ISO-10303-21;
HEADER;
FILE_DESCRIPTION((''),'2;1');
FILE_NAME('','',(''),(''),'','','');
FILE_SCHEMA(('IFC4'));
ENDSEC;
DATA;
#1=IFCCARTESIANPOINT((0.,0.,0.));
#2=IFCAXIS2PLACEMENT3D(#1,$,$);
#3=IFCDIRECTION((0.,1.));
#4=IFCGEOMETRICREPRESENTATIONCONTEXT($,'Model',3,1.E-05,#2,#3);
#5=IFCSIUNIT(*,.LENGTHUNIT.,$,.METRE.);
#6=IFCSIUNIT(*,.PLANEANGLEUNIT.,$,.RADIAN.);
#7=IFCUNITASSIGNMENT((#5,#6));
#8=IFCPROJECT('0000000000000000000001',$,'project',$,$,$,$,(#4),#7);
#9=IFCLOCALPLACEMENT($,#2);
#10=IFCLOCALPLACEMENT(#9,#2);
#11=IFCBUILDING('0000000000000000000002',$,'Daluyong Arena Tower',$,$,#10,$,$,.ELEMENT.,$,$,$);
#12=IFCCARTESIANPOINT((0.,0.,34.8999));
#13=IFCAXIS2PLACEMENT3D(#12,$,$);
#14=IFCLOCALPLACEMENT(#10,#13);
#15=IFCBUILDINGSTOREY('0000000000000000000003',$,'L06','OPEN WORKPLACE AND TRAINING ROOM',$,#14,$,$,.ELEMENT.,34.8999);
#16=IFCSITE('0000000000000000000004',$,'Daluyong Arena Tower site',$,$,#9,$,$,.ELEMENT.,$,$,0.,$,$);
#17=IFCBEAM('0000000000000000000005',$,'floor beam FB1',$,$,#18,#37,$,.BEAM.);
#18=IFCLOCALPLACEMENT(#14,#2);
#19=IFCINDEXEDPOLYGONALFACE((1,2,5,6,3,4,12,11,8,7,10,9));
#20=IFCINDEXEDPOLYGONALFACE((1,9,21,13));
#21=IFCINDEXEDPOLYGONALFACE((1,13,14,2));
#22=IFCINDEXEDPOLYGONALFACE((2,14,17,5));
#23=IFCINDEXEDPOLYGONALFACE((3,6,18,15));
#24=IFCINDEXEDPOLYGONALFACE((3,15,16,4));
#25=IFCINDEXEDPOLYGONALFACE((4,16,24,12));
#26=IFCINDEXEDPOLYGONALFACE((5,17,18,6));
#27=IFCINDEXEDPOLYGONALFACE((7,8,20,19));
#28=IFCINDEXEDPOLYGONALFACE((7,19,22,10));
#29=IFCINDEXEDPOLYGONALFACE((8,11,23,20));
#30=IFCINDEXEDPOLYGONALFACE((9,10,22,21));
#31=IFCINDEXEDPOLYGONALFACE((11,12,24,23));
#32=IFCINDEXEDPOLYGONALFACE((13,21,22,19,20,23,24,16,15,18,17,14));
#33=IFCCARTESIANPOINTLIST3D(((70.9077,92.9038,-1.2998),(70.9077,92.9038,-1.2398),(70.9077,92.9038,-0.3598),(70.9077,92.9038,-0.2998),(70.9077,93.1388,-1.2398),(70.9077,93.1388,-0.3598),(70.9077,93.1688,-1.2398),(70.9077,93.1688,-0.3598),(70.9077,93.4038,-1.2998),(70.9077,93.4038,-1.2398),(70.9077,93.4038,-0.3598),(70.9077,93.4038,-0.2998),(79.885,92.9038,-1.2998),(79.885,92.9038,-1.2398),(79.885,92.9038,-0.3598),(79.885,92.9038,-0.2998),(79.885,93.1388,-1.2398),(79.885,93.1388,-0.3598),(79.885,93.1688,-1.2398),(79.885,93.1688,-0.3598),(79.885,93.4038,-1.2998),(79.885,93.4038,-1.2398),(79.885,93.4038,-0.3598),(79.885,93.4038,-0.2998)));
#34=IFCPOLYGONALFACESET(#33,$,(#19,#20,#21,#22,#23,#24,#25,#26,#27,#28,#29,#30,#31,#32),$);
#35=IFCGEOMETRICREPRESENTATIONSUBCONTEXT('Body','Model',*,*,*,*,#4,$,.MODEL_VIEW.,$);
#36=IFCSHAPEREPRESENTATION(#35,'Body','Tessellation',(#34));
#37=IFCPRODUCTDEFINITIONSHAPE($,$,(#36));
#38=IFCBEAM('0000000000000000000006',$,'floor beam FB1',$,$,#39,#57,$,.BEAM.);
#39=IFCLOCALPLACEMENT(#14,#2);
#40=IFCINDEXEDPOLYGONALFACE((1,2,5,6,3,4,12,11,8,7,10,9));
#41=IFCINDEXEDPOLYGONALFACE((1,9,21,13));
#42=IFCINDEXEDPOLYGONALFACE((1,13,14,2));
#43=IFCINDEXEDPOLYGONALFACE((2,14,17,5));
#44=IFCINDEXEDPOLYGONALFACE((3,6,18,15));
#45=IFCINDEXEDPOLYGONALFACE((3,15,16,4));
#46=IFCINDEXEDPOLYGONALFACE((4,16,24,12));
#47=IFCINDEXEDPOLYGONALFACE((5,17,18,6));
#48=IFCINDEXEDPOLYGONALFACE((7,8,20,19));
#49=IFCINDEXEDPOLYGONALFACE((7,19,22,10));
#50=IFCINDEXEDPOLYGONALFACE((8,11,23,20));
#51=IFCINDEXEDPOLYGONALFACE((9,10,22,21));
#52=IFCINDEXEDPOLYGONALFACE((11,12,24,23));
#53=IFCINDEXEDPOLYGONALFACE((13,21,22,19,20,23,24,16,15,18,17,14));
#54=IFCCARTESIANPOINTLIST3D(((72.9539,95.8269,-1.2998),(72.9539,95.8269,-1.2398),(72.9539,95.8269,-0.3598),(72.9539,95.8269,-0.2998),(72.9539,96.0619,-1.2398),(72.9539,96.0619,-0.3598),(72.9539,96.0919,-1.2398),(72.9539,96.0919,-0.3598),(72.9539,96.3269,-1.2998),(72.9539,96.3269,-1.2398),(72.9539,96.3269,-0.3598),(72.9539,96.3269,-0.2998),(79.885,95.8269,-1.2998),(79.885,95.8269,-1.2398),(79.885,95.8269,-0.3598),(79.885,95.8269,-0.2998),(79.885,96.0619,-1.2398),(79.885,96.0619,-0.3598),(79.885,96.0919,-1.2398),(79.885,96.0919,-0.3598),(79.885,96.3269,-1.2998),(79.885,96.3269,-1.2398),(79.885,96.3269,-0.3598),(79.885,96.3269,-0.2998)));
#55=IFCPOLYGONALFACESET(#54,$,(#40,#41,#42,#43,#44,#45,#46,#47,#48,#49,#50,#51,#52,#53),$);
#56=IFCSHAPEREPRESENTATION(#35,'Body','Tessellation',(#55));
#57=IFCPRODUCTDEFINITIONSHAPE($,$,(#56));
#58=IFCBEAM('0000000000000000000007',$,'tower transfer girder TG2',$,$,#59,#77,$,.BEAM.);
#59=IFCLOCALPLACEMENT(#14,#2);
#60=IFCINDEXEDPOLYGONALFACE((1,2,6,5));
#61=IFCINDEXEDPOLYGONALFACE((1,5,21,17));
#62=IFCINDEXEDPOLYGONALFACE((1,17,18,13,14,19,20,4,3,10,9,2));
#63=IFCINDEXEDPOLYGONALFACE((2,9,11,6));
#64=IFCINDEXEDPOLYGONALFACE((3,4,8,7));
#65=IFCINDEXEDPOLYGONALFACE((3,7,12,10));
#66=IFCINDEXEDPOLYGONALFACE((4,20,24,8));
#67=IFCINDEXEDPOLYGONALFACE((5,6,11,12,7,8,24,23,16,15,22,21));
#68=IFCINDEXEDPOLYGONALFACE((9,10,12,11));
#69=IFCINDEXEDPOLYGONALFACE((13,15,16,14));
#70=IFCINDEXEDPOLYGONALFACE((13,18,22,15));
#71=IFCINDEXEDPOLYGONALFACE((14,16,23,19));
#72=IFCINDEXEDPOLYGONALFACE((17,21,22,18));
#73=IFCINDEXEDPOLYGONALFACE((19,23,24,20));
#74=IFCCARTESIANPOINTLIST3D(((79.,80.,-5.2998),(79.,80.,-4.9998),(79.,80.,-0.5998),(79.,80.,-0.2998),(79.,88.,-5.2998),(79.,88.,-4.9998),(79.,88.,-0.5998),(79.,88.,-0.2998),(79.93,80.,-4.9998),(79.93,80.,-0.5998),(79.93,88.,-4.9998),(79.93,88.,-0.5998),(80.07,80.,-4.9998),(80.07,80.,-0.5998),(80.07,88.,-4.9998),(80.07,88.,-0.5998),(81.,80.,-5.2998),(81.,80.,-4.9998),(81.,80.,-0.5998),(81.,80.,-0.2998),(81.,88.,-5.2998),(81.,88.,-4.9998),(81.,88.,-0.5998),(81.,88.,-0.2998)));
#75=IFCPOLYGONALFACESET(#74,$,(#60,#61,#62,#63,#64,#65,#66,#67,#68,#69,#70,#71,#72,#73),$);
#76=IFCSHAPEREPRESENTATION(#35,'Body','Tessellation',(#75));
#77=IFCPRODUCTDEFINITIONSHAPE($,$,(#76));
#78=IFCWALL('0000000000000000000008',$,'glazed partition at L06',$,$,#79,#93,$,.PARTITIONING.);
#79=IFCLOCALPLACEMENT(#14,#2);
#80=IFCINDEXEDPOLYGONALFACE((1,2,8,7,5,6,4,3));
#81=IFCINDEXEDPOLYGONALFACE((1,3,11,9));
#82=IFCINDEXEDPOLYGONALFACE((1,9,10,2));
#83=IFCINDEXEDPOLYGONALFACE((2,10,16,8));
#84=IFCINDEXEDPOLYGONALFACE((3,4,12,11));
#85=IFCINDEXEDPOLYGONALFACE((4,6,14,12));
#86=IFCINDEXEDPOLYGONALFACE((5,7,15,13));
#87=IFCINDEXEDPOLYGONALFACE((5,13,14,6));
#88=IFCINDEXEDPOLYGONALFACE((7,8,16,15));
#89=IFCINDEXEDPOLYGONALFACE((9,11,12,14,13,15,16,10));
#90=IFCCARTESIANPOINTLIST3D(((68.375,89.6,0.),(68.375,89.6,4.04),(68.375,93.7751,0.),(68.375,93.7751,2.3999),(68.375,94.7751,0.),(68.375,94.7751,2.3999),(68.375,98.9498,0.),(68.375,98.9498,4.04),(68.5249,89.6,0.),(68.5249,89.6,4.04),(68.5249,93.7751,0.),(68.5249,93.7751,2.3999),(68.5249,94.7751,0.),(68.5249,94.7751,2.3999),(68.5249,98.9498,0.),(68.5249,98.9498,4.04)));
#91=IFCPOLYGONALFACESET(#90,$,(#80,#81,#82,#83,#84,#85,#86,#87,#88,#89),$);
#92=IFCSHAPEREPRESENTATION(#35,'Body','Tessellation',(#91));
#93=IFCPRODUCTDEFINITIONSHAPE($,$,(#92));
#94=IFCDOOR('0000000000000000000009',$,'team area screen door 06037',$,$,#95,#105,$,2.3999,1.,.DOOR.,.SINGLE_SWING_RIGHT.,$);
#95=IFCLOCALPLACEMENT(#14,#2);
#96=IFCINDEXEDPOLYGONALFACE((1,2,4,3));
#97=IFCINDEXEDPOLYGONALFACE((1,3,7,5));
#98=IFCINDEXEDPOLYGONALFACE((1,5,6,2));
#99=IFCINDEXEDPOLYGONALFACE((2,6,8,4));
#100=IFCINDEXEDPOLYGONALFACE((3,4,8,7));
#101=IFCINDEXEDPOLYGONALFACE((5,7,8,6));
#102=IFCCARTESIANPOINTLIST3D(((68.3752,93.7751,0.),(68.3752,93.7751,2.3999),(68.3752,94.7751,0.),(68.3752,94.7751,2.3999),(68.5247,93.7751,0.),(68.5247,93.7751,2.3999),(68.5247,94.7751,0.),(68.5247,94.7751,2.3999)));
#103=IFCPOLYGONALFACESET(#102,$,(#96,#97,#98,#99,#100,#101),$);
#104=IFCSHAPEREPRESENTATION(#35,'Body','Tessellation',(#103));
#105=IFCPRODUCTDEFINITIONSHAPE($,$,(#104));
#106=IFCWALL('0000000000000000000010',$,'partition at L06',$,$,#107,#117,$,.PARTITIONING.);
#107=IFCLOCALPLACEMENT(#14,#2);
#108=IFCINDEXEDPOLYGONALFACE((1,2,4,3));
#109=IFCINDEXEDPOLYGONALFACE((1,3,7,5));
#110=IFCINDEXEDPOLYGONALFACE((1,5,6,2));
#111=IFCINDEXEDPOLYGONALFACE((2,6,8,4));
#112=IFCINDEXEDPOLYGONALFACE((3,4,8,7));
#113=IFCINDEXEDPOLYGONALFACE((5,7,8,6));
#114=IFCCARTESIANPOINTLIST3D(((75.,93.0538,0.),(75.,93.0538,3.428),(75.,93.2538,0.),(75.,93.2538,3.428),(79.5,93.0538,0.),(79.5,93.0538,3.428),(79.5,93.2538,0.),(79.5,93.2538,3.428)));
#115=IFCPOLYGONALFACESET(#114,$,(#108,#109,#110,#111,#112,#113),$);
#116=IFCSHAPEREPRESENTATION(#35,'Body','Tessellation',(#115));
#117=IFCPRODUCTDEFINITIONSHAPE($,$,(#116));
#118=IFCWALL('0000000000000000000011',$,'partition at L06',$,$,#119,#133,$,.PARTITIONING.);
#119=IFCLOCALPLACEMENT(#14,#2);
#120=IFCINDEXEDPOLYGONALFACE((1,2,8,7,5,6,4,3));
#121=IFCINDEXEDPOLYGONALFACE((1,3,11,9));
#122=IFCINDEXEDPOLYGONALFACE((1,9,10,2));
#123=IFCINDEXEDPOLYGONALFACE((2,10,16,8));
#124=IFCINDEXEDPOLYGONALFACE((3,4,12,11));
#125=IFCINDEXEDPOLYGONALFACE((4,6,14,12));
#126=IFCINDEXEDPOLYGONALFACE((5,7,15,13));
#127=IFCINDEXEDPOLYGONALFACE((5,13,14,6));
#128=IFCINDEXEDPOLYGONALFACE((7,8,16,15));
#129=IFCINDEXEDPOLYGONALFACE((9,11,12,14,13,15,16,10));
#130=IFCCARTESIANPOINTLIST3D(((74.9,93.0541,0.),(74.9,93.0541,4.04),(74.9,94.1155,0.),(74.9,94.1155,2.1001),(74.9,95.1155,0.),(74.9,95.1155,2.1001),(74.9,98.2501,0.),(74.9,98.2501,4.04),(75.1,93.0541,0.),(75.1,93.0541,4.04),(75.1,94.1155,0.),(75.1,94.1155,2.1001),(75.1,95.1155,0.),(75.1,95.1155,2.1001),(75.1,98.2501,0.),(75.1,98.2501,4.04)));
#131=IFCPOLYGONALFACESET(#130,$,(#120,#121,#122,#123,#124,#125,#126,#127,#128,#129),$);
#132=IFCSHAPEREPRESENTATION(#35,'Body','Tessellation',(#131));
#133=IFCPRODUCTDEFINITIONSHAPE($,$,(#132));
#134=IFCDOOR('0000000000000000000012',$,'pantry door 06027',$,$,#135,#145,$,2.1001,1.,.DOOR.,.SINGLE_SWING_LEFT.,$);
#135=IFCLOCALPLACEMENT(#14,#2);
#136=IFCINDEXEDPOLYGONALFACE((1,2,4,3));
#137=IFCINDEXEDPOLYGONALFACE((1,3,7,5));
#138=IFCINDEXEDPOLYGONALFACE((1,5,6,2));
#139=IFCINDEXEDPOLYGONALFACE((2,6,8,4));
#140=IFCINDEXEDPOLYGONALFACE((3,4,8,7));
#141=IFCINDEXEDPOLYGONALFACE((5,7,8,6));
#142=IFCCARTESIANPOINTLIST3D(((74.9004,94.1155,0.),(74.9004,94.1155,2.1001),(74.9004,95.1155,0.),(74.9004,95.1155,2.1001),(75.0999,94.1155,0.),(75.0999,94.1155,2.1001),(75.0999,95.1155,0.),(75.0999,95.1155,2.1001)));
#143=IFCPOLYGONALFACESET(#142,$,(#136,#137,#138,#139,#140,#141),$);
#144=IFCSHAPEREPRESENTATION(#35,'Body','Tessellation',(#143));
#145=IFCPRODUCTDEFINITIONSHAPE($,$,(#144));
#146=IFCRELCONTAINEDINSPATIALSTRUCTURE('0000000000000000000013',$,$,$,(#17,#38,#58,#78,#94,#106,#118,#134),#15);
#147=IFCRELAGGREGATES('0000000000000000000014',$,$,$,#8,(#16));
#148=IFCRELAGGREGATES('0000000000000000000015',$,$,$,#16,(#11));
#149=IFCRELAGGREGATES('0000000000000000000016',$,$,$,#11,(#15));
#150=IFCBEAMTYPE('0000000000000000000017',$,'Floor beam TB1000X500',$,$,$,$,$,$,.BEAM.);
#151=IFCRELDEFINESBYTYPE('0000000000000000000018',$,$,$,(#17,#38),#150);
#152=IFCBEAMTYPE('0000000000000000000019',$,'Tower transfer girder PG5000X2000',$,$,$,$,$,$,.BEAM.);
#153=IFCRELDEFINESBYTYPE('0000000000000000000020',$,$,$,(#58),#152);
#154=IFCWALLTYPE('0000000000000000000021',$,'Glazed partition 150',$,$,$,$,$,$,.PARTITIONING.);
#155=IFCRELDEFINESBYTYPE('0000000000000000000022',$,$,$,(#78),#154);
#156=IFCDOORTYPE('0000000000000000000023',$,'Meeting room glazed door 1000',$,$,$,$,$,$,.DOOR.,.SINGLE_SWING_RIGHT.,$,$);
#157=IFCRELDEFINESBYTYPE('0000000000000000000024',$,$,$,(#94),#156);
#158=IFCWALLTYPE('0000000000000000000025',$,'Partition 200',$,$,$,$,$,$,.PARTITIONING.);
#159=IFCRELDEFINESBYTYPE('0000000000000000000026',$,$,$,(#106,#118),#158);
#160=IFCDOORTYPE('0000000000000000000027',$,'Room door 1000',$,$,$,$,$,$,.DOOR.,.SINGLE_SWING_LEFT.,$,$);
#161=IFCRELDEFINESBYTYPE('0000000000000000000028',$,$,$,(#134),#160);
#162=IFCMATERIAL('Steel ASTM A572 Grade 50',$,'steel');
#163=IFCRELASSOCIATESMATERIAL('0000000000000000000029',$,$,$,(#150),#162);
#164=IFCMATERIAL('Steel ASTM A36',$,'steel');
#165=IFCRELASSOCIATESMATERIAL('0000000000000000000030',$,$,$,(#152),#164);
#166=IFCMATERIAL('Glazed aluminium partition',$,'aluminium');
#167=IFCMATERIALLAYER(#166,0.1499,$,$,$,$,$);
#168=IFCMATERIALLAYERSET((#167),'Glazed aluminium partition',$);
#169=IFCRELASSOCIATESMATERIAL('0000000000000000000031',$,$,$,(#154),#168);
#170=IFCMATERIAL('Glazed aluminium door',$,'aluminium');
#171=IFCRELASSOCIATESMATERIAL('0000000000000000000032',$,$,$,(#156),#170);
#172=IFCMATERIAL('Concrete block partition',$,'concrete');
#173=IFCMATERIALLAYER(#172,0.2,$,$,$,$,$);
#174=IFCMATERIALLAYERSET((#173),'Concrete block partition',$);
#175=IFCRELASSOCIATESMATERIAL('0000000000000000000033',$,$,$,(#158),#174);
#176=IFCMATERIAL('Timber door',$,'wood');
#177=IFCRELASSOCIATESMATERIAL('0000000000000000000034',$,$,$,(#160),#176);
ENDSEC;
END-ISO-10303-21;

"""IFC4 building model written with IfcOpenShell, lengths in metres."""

from ifc_helpers import new_model, si_unit, direction, frame, frame_2d, origin, origin_2d, place, context, subcontext, project, spatial, rectangle, i_section, extrude, material, layer, layer_set, material_profile, profile_set, type_object, element, fill, save


model = new_model("IFC4")

# Units and contexts
model_context = context("Model", 3, precision=1e-05, world=origin(), true_north=direction((0.0, 1.0)))
body_context = subcontext(model_context, "Body", "Model", "MODEL_VIEW")
ifc_project = project(units=[si_unit("LENGTHUNIT", "METRE"), si_unit("PLANEANGLEUNIT", "RADIAN")], contexts=[model_context])

# Site, building, storey
site_placement = place(None, origin())
site = spatial("IfcSite", under=ifc_project, at=site_placement, Name="Daluyong Arena Tower site", CompositionType="ELEMENT", RefElevation=0.0)
building_placement = place(site_placement, origin())
building = spatial("IfcBuilding", under=site, at=building_placement, Name="Daluyong Arena Tower", CompositionType="ELEMENT")
storey_placement = place(building_placement, frame((0.0, 0.0, 34.8999)))
storey = spatial("IfcBuildingStorey", under=building, at=storey_placement, Name="L06", Description="OPEN WORKPLACE AND TRAINING ROOM", CompositionType="ELEMENT", Elevation=34.8999)

# Beams
ifc_material_1 = material(Name="Steel ASTM A572 Grade 50", Category="steel")
ifc_material_profile_1 = material_profile(ifc_material_1, i_section(OverallWidth=0.5, OverallDepth=1.0, WebThickness=0.03, FlangeThickness=0.06, at=origin_2d()))
ifc_profile_set_1 = profile_set([ifc_material_profile_1], Name="Steel ASTM A572 Grade 50")
beam_type_1 = type_object("IfcBeamType", Name="Floor beam TB1000X500", PredefinedType="BEAM", material=ifc_profile_set_1)
beam_1_placement = place(storey_placement, frame((79.885, 93.1538, -0.7998), z_axis=(-1.0, 0.0, 0.0), x_axis=(0.0, -1.0, 0.0)))
element("IfcBeam", 1, at=beam_1_placement, inside=storey, type_object=beam_type_1, Name="floor beam FB1", PredefinedType="BEAM", context=body_context, shape_type="SweptSolid", body=[
    extrude(i_section(OverallWidth=0.5, OverallDepth=1.0, WebThickness=0.03, FlangeThickness=0.06, at=origin_2d()), origin(), (0.0, 0.0, 1.0), 8.9773),
])
beam_2_placement = place(storey_placement, frame((79.885, 96.0769, -0.7998), z_axis=(-1.0, 0.0, 0.0), x_axis=(0.0, -1.0, 0.0)))
element("IfcBeam", 2, at=beam_2_placement, inside=storey, type_object=beam_type_1, Name="floor beam FB1", PredefinedType="BEAM", context=body_context, shape_type="SweptSolid", body=[
    extrude(i_section(OverallWidth=0.5, OverallDepth=1.0, WebThickness=0.03, FlangeThickness=0.06, at=origin_2d()), origin(), (0.0, 0.0, 1.0), 6.9312),
])
ifc_material_2 = material(Name="Steel ASTM A36", Category="steel")
ifc_material_profile_2 = material_profile(ifc_material_2, i_section(OverallWidth=2.0, OverallDepth=5.0, WebThickness=0.14, FlangeThickness=0.3, at=origin_2d()))
ifc_profile_set_2 = profile_set([ifc_material_profile_2], Name="Steel ASTM A36")
beam_type_2 = type_object("IfcBeamType", Name="Tower transfer girder PG5000X2000", PredefinedType="BEAM", material=ifc_profile_set_2)
beam_3_placement = place(storey_placement, frame((80.0, 80.0, -2.7998), z_axis=(0.0, 1.0, 0.0), x_axis=(-1.0, 0.0, 0.0)))
element("IfcBeam", 3, at=beam_3_placement, inside=storey, type_object=beam_type_2, Name="tower transfer girder TG2", PredefinedType="BEAM", context=body_context, shape_type="SweptSolid", body=[
    extrude(i_section(OverallWidth=2.0, OverallDepth=5.0, WebThickness=0.14, FlangeThickness=0.3, at=origin_2d()), origin(), (0.0, 0.0, 1.0), 8.0),
])

# Wall, opening, door
ifc_material_3 = material(Name="Glazed aluminium partition", Category="aluminium")
ifc_layer_1 = layer(ifc_material_3, 0.1499)
ifc_layer_set_1 = layer_set([ifc_layer_1], Name="Glazed aluminium partition")
wall_type_1 = type_object("IfcWallType", Name="Glazed partition 150", PredefinedType="PARTITIONING", material=ifc_layer_set_1)
wall_1_placement = place(storey_placement, frame((68.45, 89.6001, 0.0), z_axis=(0.0, 0.0, 1.0), x_axis=(0.0, 1.0, 0.0)))
wall_1 = element("IfcWall", 4, at=wall_1_placement, inside=storey, type_object=wall_type_1, Name="glazed partition at L06", PredefinedType="PARTITIONING", context=body_context, shape_type="SweptSolid", body=[
    extrude(rectangle(XDim=9.3499, YDim=0.1499, at=frame_2d((4.6748, 0.0))), origin(), (0.0, 0.0, 1.0), 4.04),
])
opening_1_placement = place(wall_1_placement, frame((4.175, 0.0, 0.0)))
opening_1 = element("IfcOpeningElement", 5, at=opening_1_placement, cuts=wall_1, PredefinedType="OPENING", context=body_context, shape_type="SweptSolid", body=[
    extrude(rectangle(XDim=1.0, YDim=2.3999, at=frame_2d((0.5, 1.2))), frame((0.0, 0.085, 0.0), z_axis=(0.0, -1.0, 0.0), x_axis=(1.0, 0.0, 0.0)), (0.0, 0.0, 1.0), 0.1699),
])
ifc_material_4 = material(Name="Glazed aluminium door", Category="aluminium")
door_type_1 = type_object("IfcDoorType", Name="Meeting room glazed door 1000", OperationType="SINGLE_SWING_RIGHT", PredefinedType="DOOR", material=ifc_material_4)
door_1_placement = place(opening_1_placement, origin())
door_1 = element("IfcDoor", 6, at=door_1_placement, inside=storey, type_object=door_type_1, Name="team area screen door 06037", OperationType="SINGLE_SWING_RIGHT", OverallHeight=2.3999, OverallWidth=1.0, PredefinedType="DOOR", context=body_context, shape_type="SweptSolid", body=[
    extrude(rectangle(XDim=1.0, YDim=2.3999, at=frame_2d((0.5, 1.2))), frame((0.0, 0.0747, 0.0), z_axis=(0.0, -1.0, 0.0), x_axis=(1.0, 0.0, 0.0)), (0.0, 0.0, 1.0), 0.1494),
])
fill(opening_1, door_1)

# Wall
ifc_material_5 = material(Name="Concrete block partition", Category="concrete")
ifc_layer_2 = layer(ifc_material_5, 0.2)
ifc_layer_set_2 = layer_set([ifc_layer_2], Name="Concrete block partition")
wall_type_2 = type_object("IfcWallType", Name="Partition 200", PredefinedType="PARTITIONING", material=ifc_layer_set_2)
wall_2_placement = place(storey_placement, frame((75.0, 93.1538, 0.0), z_axis=(0.0, 0.0, 1.0), x_axis=(1.0, 0.0, 0.0)))
element("IfcWall", 7, at=wall_2_placement, inside=storey, type_object=wall_type_2, Name="partition at L06", PredefinedType="PARTITIONING", context=body_context, shape_type="SweptSolid", body=[
    extrude(rectangle(XDim=4.5, YDim=0.2, at=frame_2d((2.25, 0.0))), origin(), (0.0, 0.0, 1.0), 3.428),
])

# Wall, opening, door
wall_3_placement = place(storey_placement, frame((75.0, 93.054, 0.0), z_axis=(0.0, 0.0, 1.0), x_axis=(0.0, 1.0, 0.0)))
wall_3 = element("IfcWall", 8, at=wall_3_placement, inside=storey, type_object=wall_type_2, Name="partition at L06", PredefinedType="PARTITIONING", context=body_context, shape_type="SweptSolid", body=[
    extrude(rectangle(XDim=5.196, YDim=0.2, at=frame_2d((2.5981, 0.0))), origin(), (0.0, 0.0, 1.0), 4.04),
])
opening_2_placement = place(wall_3_placement, frame((1.0615, 0.0, 0.0)))
opening_2 = element("IfcOpeningElement", 9, at=opening_2_placement, cuts=wall_3, PredefinedType="OPENING", context=body_context, shape_type="SweptSolid", body=[
    extrude(rectangle(XDim=1.0, YDim=2.1001, at=frame_2d((0.5, 1.05))), frame((0.0, 0.1099, 0.0), z_axis=(0.0, -1.0, 0.0), x_axis=(1.0, 0.0, 0.0)), (0.0, 0.0, 1.0), 0.22),
])
ifc_material_6 = material(Name="Timber door", Category="wood")
door_type_2 = type_object("IfcDoorType", Name="Room door 1000", OperationType="SINGLE_SWING_LEFT", PredefinedType="DOOR", material=ifc_material_6)
door_2_placement = place(opening_2_placement, origin())
door_2 = element("IfcDoor", 10, at=door_2_placement, inside=storey, type_object=door_type_2, Name="pantry door 06027", OperationType="SINGLE_SWING_LEFT", OverallHeight=2.1001, OverallWidth=1.0, PredefinedType="DOOR", context=body_context, shape_type="SweptSolid", body=[
    extrude(rectangle(XDim=1.0, YDim=2.1001, at=frame_2d((0.5, 1.05))), frame((0.0, 0.0996, 0.0), z_axis=(0.0, -1.0, 0.0), x_axis=(1.0, 0.0, 0.0)), (0.0, 0.0, 1.0), 0.1995),
])
fill(opening_2, door_2)

save(model, "model.ifc")
